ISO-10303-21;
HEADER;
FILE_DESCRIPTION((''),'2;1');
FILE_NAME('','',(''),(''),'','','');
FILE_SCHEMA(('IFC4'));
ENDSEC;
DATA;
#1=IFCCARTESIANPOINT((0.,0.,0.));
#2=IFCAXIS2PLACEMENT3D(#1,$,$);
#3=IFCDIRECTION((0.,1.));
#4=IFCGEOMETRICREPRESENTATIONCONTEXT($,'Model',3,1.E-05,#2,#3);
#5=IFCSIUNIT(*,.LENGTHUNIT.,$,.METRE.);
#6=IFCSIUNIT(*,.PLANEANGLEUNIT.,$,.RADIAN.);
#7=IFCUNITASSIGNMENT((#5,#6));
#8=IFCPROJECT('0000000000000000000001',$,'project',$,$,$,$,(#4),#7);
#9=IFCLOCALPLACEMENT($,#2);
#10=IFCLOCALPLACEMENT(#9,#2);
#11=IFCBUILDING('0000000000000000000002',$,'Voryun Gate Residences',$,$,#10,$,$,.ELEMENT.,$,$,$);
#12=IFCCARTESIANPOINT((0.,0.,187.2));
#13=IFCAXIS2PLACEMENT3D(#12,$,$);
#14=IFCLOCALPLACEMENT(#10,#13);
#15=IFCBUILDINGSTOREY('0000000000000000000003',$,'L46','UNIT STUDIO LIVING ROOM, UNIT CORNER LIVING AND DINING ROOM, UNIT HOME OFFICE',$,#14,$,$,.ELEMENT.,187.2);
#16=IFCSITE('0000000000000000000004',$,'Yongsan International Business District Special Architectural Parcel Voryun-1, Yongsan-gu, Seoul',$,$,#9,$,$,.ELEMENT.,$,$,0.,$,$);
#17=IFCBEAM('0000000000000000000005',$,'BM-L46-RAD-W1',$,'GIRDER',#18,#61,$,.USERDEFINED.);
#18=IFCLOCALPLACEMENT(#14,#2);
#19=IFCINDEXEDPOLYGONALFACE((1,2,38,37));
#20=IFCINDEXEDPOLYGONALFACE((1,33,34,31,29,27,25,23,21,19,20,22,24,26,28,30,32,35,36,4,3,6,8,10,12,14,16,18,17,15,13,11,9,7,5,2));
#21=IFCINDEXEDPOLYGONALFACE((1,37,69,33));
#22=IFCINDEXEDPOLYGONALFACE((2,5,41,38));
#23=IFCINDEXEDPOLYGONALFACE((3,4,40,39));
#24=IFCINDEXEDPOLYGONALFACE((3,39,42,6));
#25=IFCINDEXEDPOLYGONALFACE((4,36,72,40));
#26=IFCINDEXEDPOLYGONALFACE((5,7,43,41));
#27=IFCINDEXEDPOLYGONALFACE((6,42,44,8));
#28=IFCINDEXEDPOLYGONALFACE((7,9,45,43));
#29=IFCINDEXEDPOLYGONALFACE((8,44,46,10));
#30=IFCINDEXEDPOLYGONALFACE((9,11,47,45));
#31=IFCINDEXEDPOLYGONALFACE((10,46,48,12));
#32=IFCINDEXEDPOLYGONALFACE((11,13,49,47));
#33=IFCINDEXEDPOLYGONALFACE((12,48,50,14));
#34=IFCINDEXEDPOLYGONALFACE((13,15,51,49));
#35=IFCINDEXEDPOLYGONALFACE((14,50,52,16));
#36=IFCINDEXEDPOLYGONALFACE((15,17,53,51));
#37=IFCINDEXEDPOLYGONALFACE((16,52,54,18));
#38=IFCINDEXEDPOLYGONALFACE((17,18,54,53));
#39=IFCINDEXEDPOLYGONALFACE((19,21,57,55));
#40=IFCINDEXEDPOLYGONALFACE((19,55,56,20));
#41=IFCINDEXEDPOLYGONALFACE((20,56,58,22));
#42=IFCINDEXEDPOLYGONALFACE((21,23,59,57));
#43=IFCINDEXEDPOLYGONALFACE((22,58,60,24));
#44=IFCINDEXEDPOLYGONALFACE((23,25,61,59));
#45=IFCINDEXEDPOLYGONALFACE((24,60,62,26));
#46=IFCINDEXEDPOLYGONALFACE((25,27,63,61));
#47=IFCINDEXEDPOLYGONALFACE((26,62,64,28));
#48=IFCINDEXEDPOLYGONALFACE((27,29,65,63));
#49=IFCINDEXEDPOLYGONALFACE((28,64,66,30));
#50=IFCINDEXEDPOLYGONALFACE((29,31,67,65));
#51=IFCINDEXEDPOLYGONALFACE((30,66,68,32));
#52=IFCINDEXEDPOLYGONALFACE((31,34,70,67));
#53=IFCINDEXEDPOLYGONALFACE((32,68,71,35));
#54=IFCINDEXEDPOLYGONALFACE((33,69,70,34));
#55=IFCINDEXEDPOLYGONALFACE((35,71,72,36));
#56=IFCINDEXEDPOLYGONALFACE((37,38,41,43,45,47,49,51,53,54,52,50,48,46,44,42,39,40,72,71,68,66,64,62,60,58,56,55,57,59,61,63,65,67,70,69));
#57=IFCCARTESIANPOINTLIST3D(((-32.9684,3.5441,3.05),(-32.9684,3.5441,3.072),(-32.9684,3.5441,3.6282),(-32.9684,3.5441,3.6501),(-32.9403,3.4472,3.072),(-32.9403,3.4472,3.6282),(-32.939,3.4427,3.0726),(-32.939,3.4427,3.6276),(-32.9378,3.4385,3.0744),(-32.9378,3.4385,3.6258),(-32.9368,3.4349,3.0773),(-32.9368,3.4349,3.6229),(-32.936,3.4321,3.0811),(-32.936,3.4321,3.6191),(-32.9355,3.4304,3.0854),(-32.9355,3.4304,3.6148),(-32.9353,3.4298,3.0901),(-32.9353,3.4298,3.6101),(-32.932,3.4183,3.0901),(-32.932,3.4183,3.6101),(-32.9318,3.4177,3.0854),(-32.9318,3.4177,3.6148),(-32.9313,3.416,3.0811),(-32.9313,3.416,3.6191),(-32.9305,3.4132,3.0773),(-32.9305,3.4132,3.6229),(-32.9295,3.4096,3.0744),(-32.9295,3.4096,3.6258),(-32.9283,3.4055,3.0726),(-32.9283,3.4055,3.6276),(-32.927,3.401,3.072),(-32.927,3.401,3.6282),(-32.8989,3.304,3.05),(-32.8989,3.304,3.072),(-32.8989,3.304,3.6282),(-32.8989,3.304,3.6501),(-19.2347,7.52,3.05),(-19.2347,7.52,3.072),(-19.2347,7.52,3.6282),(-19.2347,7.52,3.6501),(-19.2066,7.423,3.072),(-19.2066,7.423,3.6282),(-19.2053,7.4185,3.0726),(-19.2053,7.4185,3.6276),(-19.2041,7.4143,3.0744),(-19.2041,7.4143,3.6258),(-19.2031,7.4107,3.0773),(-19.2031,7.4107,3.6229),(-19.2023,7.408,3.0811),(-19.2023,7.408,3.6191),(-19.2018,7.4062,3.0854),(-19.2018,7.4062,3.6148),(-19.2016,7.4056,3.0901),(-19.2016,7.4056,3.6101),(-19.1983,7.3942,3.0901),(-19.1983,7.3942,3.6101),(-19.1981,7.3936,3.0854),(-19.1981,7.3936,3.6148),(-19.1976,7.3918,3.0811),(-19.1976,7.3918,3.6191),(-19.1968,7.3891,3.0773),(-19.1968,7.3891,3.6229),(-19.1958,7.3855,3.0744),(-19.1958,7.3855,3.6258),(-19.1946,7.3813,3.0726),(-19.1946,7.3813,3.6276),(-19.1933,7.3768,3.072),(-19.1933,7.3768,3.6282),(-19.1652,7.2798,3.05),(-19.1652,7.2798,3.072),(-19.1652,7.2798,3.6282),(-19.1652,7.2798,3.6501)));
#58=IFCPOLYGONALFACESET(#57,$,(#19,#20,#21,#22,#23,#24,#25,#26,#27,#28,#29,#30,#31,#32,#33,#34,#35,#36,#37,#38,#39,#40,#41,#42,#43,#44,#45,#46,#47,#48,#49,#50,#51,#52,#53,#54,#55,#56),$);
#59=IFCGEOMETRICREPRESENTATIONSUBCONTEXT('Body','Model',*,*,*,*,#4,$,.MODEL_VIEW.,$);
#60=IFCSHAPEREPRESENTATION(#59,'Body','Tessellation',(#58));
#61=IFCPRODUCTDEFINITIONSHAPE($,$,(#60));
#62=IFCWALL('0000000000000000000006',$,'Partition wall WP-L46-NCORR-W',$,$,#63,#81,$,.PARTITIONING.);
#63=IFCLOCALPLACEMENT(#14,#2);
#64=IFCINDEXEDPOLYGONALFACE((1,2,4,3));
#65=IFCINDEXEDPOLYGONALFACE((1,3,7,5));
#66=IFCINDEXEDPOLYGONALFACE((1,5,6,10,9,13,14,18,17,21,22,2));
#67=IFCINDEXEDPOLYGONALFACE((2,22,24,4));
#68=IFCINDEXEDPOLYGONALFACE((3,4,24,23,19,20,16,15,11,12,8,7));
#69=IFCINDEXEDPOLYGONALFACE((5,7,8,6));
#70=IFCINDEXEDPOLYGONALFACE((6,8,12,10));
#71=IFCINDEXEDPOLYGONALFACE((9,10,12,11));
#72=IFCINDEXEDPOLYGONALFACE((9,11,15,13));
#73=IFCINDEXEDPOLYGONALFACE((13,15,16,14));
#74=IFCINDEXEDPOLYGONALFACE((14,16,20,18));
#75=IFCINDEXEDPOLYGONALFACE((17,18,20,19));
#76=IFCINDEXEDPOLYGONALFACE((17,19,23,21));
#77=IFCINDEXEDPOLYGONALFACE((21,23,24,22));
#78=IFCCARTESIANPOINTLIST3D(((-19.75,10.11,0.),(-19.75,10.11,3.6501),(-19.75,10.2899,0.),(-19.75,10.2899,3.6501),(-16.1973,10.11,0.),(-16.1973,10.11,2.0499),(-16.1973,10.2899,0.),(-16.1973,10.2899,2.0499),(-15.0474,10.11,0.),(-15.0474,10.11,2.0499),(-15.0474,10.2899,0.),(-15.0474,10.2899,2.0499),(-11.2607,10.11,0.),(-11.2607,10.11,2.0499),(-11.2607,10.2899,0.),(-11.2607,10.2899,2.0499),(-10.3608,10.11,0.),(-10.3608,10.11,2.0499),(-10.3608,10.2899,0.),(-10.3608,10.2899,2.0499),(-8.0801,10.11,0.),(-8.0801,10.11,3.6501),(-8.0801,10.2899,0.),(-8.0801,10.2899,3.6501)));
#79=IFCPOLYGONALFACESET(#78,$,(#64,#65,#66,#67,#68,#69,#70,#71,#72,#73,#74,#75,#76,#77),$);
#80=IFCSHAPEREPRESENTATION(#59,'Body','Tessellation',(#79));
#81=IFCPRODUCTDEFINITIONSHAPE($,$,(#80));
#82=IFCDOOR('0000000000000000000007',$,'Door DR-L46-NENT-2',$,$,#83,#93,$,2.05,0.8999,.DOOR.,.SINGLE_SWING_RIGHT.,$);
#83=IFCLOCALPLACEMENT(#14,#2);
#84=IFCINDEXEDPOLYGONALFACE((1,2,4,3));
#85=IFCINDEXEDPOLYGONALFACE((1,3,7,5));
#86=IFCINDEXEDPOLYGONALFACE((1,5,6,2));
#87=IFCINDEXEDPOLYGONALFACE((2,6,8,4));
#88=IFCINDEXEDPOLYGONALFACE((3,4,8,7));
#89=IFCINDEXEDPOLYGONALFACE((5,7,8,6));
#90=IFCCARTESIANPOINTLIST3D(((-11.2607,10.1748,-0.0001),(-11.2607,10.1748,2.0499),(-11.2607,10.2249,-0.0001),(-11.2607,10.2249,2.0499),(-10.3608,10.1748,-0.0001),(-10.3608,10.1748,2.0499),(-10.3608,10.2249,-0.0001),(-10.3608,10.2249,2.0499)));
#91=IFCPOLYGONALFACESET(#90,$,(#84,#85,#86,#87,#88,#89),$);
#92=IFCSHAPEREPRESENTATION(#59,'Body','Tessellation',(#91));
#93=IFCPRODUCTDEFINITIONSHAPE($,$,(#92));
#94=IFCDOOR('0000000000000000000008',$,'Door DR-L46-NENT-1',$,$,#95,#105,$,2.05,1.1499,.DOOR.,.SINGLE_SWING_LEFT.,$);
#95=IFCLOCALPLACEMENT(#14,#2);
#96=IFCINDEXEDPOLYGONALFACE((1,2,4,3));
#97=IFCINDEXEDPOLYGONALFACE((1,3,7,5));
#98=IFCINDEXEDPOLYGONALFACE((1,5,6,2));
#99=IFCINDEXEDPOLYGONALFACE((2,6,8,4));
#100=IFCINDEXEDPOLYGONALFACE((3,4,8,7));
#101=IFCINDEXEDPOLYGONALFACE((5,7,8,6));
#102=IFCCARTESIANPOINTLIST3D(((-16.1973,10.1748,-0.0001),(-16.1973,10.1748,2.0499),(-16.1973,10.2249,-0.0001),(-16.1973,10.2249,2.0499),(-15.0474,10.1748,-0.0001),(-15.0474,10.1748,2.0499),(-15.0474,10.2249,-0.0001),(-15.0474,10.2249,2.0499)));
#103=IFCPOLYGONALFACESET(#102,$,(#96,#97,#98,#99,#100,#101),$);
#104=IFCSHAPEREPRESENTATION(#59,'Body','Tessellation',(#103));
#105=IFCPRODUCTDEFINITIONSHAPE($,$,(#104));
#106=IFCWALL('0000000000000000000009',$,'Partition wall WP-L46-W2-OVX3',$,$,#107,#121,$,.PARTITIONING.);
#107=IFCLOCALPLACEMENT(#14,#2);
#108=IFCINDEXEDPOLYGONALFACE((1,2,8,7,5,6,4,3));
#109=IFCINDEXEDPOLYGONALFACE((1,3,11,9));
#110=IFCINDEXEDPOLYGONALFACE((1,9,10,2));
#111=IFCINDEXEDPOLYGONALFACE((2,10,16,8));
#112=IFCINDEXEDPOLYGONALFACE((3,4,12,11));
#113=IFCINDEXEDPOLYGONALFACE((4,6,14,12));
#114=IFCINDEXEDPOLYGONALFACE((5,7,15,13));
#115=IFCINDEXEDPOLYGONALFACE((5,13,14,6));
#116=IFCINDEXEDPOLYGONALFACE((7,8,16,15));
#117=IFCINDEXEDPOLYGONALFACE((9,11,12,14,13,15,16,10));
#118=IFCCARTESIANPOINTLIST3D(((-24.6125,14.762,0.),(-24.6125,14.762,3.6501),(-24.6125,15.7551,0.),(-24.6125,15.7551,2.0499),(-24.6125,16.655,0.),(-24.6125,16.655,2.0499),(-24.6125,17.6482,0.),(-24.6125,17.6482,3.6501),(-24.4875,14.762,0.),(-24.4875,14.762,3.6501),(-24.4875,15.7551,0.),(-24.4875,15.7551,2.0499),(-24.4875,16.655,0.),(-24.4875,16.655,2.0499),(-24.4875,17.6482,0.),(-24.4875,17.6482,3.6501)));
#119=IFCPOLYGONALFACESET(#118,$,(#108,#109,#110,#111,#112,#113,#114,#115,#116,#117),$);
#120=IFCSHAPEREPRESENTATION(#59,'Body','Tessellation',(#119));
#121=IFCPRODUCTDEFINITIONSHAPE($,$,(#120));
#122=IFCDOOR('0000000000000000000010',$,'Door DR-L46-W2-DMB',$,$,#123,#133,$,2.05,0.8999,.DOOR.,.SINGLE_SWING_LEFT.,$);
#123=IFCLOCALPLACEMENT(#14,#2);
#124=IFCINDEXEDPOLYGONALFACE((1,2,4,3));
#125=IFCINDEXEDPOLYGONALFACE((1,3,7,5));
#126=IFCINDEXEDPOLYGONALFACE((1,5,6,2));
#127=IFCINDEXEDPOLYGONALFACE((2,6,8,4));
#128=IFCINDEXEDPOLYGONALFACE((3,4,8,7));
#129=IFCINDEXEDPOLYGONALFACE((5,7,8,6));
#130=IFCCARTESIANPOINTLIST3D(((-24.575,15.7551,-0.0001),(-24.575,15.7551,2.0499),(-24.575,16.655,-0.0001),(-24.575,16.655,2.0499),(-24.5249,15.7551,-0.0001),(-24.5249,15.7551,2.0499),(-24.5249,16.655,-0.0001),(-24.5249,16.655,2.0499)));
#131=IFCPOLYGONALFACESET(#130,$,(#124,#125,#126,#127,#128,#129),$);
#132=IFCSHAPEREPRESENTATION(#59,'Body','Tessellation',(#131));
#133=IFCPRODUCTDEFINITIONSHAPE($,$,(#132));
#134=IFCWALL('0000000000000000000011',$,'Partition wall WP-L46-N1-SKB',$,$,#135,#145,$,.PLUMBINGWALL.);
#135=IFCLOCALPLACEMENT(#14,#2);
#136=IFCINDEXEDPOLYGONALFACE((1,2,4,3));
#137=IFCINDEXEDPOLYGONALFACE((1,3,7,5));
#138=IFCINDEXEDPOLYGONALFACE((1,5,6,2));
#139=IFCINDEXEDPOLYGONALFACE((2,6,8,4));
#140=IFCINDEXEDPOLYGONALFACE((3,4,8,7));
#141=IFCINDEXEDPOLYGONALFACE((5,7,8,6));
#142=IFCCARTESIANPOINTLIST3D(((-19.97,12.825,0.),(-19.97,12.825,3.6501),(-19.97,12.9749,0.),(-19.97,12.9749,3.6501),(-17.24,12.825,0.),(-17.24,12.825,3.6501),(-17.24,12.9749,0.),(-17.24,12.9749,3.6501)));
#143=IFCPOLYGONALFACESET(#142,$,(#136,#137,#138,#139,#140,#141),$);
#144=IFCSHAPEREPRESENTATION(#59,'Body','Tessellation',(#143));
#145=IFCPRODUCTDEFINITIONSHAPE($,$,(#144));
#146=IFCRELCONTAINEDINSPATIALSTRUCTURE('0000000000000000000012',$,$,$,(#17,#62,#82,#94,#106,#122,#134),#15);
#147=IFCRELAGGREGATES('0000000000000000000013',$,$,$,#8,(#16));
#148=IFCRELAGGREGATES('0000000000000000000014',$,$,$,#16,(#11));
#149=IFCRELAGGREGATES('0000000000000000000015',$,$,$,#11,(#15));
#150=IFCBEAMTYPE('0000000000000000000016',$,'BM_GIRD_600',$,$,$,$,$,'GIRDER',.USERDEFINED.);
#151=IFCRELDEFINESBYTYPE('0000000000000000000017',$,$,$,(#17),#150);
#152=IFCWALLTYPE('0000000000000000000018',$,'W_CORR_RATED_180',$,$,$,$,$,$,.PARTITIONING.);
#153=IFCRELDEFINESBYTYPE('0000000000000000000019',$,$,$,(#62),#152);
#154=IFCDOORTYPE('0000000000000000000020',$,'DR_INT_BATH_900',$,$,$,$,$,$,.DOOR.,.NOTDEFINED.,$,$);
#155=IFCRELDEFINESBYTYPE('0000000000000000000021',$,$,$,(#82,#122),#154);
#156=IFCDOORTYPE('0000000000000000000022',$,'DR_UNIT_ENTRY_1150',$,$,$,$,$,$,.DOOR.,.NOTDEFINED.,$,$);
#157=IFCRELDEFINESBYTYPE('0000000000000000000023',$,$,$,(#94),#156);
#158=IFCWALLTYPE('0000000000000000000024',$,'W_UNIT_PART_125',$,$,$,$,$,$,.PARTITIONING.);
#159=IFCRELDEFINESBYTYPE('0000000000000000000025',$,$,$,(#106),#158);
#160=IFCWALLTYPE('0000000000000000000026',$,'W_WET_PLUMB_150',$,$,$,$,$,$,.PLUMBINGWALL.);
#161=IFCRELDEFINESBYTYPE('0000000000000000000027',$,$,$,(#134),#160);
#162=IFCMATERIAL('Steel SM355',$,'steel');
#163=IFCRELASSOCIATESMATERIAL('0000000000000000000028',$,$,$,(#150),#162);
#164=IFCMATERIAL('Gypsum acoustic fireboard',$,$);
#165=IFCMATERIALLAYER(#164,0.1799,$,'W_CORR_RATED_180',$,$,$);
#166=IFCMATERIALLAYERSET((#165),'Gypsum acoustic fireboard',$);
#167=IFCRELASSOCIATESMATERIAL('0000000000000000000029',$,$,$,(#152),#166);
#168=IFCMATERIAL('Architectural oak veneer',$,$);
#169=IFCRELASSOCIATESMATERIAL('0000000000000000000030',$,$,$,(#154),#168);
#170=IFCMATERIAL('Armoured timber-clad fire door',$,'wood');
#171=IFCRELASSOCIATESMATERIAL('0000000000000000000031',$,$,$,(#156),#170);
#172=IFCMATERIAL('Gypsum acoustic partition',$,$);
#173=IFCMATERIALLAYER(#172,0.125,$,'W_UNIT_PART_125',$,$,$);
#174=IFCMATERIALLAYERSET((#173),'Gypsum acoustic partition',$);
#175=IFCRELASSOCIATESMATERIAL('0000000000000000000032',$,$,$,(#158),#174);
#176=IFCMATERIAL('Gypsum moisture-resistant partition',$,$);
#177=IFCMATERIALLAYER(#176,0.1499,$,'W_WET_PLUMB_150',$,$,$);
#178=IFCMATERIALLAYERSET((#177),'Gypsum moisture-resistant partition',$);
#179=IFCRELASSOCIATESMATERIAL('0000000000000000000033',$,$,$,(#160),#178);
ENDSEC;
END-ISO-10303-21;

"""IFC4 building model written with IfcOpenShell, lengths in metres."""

from ifc_helpers import new_model, si_unit, direction, frame, frame_2d, origin, origin_2d, place, context, subcontext, project, spatial, rectangle, i_section, extrude, material, layer, layer_set, material_profile, profile_set, type_object, element, fill, save


model = new_model("IFC4")

# Units and contexts
model_context = context("Model", 3, precision=1e-05, world=origin(), true_north=direction((0.0, 1.0)))
body_context = subcontext(model_context, "Body", "Model", "MODEL_VIEW")
ifc_project = project(units=[si_unit("LENGTHUNIT", "METRE"), si_unit("PLANEANGLEUNIT", "RADIAN")], contexts=[model_context])

# Site, building, storey
site_placement = place(None, origin())
site = spatial("IfcSite", under=ifc_project, at=site_placement, Name="Yongsan International Business District Special Architectural Parcel Voryun-1, Yongsan-gu, Seoul", CompositionType="ELEMENT", RefElevation=0.0)
building_placement = place(site_placement, origin())
building = spatial("IfcBuilding", under=site, at=building_placement, Name="Voryun Gate Residences", CompositionType="ELEMENT")
storey_placement = place(building_placement, frame((0.0, 0.0, 187.2)))
storey = spatial("IfcBuildingStorey", under=building, at=storey_placement, Name="L46", Description="UNIT STUDIO LIVING ROOM, UNIT CORNER LIVING AND DINING ROOM, UNIT HOME OFFICE", CompositionType="ELEMENT", Elevation=187.2)

# Beam
ifc_material_1 = material(Name="Steel SM355", Category="steel")
ifc_material_profile_1 = material_profile(ifc_material_1, i_section(OverallWidth=0.25, OverallDepth=0.6001, WebThickness=0.012, FlangeThickness=0.022, FilletRadius=0.0181, at=origin_2d()), Name="H-600x250x12x22")
ifc_profile_set_1 = profile_set([ifc_material_profile_1], Name="Steel SM355")
beam_type_1 = type_object("IfcBeamType", Name="BM_GIRD_600", ElementType="GIRDER", PredefinedType="USERDEFINED", material=ifc_profile_set_1)
beam_1_placement = place(storey_placement, frame((-19.2, 7.3999, 3.3501), z_axis=(-0.960559, -0.278078, 0.0), x_axis=(0.278078, -0.960559, 0.0)))
element("IfcBeam", 1, at=beam_1_placement, inside=storey, type_object=beam_type_1, Name="BM-L46-RAD-W1", ObjectType="GIRDER", PredefinedType="USERDEFINED", context=body_context, shape_type="SweptSolid", body=[
    extrude(i_section(OverallWidth=0.25, OverallDepth=0.6001, WebThickness=0.012, FlangeThickness=0.022, FilletRadius=0.0181, at=origin_2d()), origin(), (0.0, 0.0, 1.0), 14.2976),
])

# Wall, openings, doors
ifc_material_2 = material(Name="Gypsum acoustic fireboard")
ifc_layer_1 = layer(ifc_material_2, 0.1799, Name="W_CORR_RATED_180")
ifc_layer_set_1 = layer_set([ifc_layer_1], Name="Gypsum acoustic fireboard")
wall_type_1 = type_object("IfcWallType", Name="W_CORR_RATED_180", PredefinedType="PARTITIONING", material=ifc_layer_set_1)
wall_1_placement = place(storey_placement, frame((-19.75, 10.2, 0.0), z_axis=(0.0, 0.0, 1.0), x_axis=(1.0, 0.0, 0.0)))
wall_1 = element("IfcWall", 2, at=wall_1_placement, inside=storey, type_object=wall_type_1, Name="Partition wall WP-L46-NCORR-W", PredefinedType="PARTITIONING", context=body_context, shape_type="SweptSolid", body=[
    extrude(rectangle(XDim=11.6699, YDim=0.1799, at=frame_2d((5.835, 0.0))), origin(), (0.0, 0.0, 1.0), 3.6501),
])
opening_1_placement = place(wall_1_placement, frame((3.5527, 0.0, 0.0)))
opening_1 = element("IfcOpeningElement", 3, at=opening_1_placement, cuts=wall_1, PredefinedType="OPENING", context=body_context, shape_type="SweptSolid", body=[
    extrude(rectangle(XDim=1.1499, YDim=2.05, at=frame_2d((0.575, 1.0249))), frame((0.0, 0.0999, 0.0), z_axis=(0.0, -1.0, 0.0), x_axis=(1.0, 0.0, 0.0)), (0.0, 0.0, 1.0), 0.2),
])
opening_2_placement = place(wall_1_placement, frame((8.4893, 0.0, 0.0)))
opening_2 = element("IfcOpeningElement", 4, at=opening_2_placement, cuts=wall_1, PredefinedType="OPENING", context=body_context, shape_type="SweptSolid", body=[
    extrude(rectangle(XDim=0.8999, YDim=2.05, at=frame_2d((0.45, 1.0249))), frame((0.0, 0.0999, 0.0), z_axis=(0.0, -1.0, 0.0), x_axis=(1.0, 0.0, 0.0)), (0.0, 0.0, 1.0), 0.2),
])
ifc_material_3 = material(Name="Architectural oak veneer")
door_type_1 = type_object("IfcDoorType", Name="DR_INT_BATH_900", OperationType="NOTDEFINED", PredefinedType="DOOR", material=ifc_material_3)
door_1_placement = place(opening_2_placement, origin())
door_1 = element("IfcDoor", 5, at=door_1_placement, inside=storey, type_object=door_type_1, Name="Door DR-L46-NENT-2", OperationType="SINGLE_SWING_RIGHT", OverallHeight=2.05, OverallWidth=0.8999, PredefinedType="DOOR", context=body_context, shape_type="SweptSolid", body=[
    extrude(rectangle(XDim=0.8999, YDim=2.05, at=frame_2d((0.45, 1.0249))), frame((0.0, 0.0249, 0.0), z_axis=(0.0, -1.0, 0.0), x_axis=(1.0, 0.0, 0.0)), (0.0, 0.0, 1.0), 0.05),
])
fill(opening_2, door_1)
ifc_material_4 = material(Name="Armoured timber-clad fire door", Category="wood")
door_type_2 = type_object("IfcDoorType", Name="DR_UNIT_ENTRY_1150", OperationType="NOTDEFINED", PredefinedType="DOOR", material=ifc_material_4)
door_2_placement = place(opening_1_placement, origin())
door_2 = element("IfcDoor", 6, at=door_2_placement, inside=storey, type_object=door_type_2, Name="Door DR-L46-NENT-1", OperationType="SINGLE_SWING_LEFT", OverallHeight=2.05, OverallWidth=1.1499, PredefinedType="DOOR", context=body_context, shape_type="SweptSolid", body=[
    extrude(rectangle(XDim=1.1499, YDim=2.05, at=frame_2d((0.575, 1.0249))), frame((0.0, 0.0249, 0.0), z_axis=(0.0, -1.0, 0.0), x_axis=(1.0, 0.0, 0.0)), (0.0, 0.0, 1.0), 0.05),
])
fill(opening_1, door_2)

# Wall, opening, door
ifc_material_5 = material(Name="Gypsum acoustic partition")
ifc_layer_2 = layer(ifc_material_5, 0.125, Name="W_UNIT_PART_125")
ifc_layer_set_2 = layer_set([ifc_layer_2], Name="Gypsum acoustic partition")
wall_type_2 = type_object("IfcWallType", Name="W_UNIT_PART_125", PredefinedType="PARTITIONING", material=ifc_layer_set_2)
wall_2_placement = place(storey_placement, frame((-24.55, 14.762, 0.0), z_axis=(0.0, 0.0, 1.0), x_axis=(0.0, 1.0, 0.0)))
wall_2 = element("IfcWall", 7, at=wall_2_placement, inside=storey, type_object=wall_type_2, Name="Partition wall WP-L46-W2-OVX3", PredefinedType="PARTITIONING", context=body_context, shape_type="SweptSolid", body=[
    extrude(rectangle(XDim=2.8862, YDim=0.125, at=frame_2d((1.4431, 0.0))), origin(), (0.0, 0.0, 1.0), 3.6501),
])
opening_3_placement = place(wall_2_placement, frame((0.9932, 0.0, 0.0)))
opening_3 = element("IfcOpeningElement", 8, at=opening_3_placement, cuts=wall_2, PredefinedType="OPENING", context=body_context, shape_type="SweptSolid", body=[
    extrude(rectangle(XDim=0.8999, YDim=2.05, at=frame_2d((0.45, 1.0249))), frame((0.0, 0.0725, 0.0), z_axis=(0.0, -1.0, 0.0), x_axis=(1.0, 0.0, 0.0)), (0.0, 0.0, 1.0), 0.145),
])
door_3_placement = place(opening_3_placement, origin())
door_3 = element("IfcDoor", 9, at=door_3_placement, inside=storey, type_object=door_type_1, Name="Door DR-L46-W2-DMB", OperationType="SINGLE_SWING_LEFT", OverallHeight=2.05, OverallWidth=0.8999, PredefinedType="DOOR", context=body_context, shape_type="SweptSolid", body=[
    extrude(rectangle(XDim=0.8999, YDim=2.05, at=frame_2d((0.45, 1.0249))), frame((0.0, 0.0249, 0.0), z_axis=(0.0, -1.0, 0.0), x_axis=(1.0, 0.0, 0.0)), (0.0, 0.0, 1.0), 0.05),
])
fill(opening_3, door_3)

# Wall
ifc_material_6 = material(Name="Gypsum moisture-resistant partition")
ifc_layer_3 = layer(ifc_material_6, 0.1499, Name="W_WET_PLUMB_150")
ifc_layer_set_3 = layer_set([ifc_layer_3], Name="Gypsum moisture-resistant partition")
wall_type_3 = type_object("IfcWallType", Name="W_WET_PLUMB_150", PredefinedType="PLUMBINGWALL", material=ifc_layer_set_3)
wall_3_placement = place(storey_placement, frame((-19.97, 12.8999, 0.0), z_axis=(0.0, 0.0, 1.0), x_axis=(1.0, 0.0, 0.0)))
element("IfcWall", 10, at=wall_3_placement, inside=storey, type_object=wall_type_3, Name="Partition wall WP-L46-N1-SKB", PredefinedType="PLUMBINGWALL", context=body_context, shape_type="SweptSolid", body=[
    extrude(rectangle(XDim=2.73, YDim=0.1499, at=frame_2d((1.365, 0.0))), origin(), (0.0, 0.0, 1.0), 3.6501),
])

save(model, "model.ifc")
